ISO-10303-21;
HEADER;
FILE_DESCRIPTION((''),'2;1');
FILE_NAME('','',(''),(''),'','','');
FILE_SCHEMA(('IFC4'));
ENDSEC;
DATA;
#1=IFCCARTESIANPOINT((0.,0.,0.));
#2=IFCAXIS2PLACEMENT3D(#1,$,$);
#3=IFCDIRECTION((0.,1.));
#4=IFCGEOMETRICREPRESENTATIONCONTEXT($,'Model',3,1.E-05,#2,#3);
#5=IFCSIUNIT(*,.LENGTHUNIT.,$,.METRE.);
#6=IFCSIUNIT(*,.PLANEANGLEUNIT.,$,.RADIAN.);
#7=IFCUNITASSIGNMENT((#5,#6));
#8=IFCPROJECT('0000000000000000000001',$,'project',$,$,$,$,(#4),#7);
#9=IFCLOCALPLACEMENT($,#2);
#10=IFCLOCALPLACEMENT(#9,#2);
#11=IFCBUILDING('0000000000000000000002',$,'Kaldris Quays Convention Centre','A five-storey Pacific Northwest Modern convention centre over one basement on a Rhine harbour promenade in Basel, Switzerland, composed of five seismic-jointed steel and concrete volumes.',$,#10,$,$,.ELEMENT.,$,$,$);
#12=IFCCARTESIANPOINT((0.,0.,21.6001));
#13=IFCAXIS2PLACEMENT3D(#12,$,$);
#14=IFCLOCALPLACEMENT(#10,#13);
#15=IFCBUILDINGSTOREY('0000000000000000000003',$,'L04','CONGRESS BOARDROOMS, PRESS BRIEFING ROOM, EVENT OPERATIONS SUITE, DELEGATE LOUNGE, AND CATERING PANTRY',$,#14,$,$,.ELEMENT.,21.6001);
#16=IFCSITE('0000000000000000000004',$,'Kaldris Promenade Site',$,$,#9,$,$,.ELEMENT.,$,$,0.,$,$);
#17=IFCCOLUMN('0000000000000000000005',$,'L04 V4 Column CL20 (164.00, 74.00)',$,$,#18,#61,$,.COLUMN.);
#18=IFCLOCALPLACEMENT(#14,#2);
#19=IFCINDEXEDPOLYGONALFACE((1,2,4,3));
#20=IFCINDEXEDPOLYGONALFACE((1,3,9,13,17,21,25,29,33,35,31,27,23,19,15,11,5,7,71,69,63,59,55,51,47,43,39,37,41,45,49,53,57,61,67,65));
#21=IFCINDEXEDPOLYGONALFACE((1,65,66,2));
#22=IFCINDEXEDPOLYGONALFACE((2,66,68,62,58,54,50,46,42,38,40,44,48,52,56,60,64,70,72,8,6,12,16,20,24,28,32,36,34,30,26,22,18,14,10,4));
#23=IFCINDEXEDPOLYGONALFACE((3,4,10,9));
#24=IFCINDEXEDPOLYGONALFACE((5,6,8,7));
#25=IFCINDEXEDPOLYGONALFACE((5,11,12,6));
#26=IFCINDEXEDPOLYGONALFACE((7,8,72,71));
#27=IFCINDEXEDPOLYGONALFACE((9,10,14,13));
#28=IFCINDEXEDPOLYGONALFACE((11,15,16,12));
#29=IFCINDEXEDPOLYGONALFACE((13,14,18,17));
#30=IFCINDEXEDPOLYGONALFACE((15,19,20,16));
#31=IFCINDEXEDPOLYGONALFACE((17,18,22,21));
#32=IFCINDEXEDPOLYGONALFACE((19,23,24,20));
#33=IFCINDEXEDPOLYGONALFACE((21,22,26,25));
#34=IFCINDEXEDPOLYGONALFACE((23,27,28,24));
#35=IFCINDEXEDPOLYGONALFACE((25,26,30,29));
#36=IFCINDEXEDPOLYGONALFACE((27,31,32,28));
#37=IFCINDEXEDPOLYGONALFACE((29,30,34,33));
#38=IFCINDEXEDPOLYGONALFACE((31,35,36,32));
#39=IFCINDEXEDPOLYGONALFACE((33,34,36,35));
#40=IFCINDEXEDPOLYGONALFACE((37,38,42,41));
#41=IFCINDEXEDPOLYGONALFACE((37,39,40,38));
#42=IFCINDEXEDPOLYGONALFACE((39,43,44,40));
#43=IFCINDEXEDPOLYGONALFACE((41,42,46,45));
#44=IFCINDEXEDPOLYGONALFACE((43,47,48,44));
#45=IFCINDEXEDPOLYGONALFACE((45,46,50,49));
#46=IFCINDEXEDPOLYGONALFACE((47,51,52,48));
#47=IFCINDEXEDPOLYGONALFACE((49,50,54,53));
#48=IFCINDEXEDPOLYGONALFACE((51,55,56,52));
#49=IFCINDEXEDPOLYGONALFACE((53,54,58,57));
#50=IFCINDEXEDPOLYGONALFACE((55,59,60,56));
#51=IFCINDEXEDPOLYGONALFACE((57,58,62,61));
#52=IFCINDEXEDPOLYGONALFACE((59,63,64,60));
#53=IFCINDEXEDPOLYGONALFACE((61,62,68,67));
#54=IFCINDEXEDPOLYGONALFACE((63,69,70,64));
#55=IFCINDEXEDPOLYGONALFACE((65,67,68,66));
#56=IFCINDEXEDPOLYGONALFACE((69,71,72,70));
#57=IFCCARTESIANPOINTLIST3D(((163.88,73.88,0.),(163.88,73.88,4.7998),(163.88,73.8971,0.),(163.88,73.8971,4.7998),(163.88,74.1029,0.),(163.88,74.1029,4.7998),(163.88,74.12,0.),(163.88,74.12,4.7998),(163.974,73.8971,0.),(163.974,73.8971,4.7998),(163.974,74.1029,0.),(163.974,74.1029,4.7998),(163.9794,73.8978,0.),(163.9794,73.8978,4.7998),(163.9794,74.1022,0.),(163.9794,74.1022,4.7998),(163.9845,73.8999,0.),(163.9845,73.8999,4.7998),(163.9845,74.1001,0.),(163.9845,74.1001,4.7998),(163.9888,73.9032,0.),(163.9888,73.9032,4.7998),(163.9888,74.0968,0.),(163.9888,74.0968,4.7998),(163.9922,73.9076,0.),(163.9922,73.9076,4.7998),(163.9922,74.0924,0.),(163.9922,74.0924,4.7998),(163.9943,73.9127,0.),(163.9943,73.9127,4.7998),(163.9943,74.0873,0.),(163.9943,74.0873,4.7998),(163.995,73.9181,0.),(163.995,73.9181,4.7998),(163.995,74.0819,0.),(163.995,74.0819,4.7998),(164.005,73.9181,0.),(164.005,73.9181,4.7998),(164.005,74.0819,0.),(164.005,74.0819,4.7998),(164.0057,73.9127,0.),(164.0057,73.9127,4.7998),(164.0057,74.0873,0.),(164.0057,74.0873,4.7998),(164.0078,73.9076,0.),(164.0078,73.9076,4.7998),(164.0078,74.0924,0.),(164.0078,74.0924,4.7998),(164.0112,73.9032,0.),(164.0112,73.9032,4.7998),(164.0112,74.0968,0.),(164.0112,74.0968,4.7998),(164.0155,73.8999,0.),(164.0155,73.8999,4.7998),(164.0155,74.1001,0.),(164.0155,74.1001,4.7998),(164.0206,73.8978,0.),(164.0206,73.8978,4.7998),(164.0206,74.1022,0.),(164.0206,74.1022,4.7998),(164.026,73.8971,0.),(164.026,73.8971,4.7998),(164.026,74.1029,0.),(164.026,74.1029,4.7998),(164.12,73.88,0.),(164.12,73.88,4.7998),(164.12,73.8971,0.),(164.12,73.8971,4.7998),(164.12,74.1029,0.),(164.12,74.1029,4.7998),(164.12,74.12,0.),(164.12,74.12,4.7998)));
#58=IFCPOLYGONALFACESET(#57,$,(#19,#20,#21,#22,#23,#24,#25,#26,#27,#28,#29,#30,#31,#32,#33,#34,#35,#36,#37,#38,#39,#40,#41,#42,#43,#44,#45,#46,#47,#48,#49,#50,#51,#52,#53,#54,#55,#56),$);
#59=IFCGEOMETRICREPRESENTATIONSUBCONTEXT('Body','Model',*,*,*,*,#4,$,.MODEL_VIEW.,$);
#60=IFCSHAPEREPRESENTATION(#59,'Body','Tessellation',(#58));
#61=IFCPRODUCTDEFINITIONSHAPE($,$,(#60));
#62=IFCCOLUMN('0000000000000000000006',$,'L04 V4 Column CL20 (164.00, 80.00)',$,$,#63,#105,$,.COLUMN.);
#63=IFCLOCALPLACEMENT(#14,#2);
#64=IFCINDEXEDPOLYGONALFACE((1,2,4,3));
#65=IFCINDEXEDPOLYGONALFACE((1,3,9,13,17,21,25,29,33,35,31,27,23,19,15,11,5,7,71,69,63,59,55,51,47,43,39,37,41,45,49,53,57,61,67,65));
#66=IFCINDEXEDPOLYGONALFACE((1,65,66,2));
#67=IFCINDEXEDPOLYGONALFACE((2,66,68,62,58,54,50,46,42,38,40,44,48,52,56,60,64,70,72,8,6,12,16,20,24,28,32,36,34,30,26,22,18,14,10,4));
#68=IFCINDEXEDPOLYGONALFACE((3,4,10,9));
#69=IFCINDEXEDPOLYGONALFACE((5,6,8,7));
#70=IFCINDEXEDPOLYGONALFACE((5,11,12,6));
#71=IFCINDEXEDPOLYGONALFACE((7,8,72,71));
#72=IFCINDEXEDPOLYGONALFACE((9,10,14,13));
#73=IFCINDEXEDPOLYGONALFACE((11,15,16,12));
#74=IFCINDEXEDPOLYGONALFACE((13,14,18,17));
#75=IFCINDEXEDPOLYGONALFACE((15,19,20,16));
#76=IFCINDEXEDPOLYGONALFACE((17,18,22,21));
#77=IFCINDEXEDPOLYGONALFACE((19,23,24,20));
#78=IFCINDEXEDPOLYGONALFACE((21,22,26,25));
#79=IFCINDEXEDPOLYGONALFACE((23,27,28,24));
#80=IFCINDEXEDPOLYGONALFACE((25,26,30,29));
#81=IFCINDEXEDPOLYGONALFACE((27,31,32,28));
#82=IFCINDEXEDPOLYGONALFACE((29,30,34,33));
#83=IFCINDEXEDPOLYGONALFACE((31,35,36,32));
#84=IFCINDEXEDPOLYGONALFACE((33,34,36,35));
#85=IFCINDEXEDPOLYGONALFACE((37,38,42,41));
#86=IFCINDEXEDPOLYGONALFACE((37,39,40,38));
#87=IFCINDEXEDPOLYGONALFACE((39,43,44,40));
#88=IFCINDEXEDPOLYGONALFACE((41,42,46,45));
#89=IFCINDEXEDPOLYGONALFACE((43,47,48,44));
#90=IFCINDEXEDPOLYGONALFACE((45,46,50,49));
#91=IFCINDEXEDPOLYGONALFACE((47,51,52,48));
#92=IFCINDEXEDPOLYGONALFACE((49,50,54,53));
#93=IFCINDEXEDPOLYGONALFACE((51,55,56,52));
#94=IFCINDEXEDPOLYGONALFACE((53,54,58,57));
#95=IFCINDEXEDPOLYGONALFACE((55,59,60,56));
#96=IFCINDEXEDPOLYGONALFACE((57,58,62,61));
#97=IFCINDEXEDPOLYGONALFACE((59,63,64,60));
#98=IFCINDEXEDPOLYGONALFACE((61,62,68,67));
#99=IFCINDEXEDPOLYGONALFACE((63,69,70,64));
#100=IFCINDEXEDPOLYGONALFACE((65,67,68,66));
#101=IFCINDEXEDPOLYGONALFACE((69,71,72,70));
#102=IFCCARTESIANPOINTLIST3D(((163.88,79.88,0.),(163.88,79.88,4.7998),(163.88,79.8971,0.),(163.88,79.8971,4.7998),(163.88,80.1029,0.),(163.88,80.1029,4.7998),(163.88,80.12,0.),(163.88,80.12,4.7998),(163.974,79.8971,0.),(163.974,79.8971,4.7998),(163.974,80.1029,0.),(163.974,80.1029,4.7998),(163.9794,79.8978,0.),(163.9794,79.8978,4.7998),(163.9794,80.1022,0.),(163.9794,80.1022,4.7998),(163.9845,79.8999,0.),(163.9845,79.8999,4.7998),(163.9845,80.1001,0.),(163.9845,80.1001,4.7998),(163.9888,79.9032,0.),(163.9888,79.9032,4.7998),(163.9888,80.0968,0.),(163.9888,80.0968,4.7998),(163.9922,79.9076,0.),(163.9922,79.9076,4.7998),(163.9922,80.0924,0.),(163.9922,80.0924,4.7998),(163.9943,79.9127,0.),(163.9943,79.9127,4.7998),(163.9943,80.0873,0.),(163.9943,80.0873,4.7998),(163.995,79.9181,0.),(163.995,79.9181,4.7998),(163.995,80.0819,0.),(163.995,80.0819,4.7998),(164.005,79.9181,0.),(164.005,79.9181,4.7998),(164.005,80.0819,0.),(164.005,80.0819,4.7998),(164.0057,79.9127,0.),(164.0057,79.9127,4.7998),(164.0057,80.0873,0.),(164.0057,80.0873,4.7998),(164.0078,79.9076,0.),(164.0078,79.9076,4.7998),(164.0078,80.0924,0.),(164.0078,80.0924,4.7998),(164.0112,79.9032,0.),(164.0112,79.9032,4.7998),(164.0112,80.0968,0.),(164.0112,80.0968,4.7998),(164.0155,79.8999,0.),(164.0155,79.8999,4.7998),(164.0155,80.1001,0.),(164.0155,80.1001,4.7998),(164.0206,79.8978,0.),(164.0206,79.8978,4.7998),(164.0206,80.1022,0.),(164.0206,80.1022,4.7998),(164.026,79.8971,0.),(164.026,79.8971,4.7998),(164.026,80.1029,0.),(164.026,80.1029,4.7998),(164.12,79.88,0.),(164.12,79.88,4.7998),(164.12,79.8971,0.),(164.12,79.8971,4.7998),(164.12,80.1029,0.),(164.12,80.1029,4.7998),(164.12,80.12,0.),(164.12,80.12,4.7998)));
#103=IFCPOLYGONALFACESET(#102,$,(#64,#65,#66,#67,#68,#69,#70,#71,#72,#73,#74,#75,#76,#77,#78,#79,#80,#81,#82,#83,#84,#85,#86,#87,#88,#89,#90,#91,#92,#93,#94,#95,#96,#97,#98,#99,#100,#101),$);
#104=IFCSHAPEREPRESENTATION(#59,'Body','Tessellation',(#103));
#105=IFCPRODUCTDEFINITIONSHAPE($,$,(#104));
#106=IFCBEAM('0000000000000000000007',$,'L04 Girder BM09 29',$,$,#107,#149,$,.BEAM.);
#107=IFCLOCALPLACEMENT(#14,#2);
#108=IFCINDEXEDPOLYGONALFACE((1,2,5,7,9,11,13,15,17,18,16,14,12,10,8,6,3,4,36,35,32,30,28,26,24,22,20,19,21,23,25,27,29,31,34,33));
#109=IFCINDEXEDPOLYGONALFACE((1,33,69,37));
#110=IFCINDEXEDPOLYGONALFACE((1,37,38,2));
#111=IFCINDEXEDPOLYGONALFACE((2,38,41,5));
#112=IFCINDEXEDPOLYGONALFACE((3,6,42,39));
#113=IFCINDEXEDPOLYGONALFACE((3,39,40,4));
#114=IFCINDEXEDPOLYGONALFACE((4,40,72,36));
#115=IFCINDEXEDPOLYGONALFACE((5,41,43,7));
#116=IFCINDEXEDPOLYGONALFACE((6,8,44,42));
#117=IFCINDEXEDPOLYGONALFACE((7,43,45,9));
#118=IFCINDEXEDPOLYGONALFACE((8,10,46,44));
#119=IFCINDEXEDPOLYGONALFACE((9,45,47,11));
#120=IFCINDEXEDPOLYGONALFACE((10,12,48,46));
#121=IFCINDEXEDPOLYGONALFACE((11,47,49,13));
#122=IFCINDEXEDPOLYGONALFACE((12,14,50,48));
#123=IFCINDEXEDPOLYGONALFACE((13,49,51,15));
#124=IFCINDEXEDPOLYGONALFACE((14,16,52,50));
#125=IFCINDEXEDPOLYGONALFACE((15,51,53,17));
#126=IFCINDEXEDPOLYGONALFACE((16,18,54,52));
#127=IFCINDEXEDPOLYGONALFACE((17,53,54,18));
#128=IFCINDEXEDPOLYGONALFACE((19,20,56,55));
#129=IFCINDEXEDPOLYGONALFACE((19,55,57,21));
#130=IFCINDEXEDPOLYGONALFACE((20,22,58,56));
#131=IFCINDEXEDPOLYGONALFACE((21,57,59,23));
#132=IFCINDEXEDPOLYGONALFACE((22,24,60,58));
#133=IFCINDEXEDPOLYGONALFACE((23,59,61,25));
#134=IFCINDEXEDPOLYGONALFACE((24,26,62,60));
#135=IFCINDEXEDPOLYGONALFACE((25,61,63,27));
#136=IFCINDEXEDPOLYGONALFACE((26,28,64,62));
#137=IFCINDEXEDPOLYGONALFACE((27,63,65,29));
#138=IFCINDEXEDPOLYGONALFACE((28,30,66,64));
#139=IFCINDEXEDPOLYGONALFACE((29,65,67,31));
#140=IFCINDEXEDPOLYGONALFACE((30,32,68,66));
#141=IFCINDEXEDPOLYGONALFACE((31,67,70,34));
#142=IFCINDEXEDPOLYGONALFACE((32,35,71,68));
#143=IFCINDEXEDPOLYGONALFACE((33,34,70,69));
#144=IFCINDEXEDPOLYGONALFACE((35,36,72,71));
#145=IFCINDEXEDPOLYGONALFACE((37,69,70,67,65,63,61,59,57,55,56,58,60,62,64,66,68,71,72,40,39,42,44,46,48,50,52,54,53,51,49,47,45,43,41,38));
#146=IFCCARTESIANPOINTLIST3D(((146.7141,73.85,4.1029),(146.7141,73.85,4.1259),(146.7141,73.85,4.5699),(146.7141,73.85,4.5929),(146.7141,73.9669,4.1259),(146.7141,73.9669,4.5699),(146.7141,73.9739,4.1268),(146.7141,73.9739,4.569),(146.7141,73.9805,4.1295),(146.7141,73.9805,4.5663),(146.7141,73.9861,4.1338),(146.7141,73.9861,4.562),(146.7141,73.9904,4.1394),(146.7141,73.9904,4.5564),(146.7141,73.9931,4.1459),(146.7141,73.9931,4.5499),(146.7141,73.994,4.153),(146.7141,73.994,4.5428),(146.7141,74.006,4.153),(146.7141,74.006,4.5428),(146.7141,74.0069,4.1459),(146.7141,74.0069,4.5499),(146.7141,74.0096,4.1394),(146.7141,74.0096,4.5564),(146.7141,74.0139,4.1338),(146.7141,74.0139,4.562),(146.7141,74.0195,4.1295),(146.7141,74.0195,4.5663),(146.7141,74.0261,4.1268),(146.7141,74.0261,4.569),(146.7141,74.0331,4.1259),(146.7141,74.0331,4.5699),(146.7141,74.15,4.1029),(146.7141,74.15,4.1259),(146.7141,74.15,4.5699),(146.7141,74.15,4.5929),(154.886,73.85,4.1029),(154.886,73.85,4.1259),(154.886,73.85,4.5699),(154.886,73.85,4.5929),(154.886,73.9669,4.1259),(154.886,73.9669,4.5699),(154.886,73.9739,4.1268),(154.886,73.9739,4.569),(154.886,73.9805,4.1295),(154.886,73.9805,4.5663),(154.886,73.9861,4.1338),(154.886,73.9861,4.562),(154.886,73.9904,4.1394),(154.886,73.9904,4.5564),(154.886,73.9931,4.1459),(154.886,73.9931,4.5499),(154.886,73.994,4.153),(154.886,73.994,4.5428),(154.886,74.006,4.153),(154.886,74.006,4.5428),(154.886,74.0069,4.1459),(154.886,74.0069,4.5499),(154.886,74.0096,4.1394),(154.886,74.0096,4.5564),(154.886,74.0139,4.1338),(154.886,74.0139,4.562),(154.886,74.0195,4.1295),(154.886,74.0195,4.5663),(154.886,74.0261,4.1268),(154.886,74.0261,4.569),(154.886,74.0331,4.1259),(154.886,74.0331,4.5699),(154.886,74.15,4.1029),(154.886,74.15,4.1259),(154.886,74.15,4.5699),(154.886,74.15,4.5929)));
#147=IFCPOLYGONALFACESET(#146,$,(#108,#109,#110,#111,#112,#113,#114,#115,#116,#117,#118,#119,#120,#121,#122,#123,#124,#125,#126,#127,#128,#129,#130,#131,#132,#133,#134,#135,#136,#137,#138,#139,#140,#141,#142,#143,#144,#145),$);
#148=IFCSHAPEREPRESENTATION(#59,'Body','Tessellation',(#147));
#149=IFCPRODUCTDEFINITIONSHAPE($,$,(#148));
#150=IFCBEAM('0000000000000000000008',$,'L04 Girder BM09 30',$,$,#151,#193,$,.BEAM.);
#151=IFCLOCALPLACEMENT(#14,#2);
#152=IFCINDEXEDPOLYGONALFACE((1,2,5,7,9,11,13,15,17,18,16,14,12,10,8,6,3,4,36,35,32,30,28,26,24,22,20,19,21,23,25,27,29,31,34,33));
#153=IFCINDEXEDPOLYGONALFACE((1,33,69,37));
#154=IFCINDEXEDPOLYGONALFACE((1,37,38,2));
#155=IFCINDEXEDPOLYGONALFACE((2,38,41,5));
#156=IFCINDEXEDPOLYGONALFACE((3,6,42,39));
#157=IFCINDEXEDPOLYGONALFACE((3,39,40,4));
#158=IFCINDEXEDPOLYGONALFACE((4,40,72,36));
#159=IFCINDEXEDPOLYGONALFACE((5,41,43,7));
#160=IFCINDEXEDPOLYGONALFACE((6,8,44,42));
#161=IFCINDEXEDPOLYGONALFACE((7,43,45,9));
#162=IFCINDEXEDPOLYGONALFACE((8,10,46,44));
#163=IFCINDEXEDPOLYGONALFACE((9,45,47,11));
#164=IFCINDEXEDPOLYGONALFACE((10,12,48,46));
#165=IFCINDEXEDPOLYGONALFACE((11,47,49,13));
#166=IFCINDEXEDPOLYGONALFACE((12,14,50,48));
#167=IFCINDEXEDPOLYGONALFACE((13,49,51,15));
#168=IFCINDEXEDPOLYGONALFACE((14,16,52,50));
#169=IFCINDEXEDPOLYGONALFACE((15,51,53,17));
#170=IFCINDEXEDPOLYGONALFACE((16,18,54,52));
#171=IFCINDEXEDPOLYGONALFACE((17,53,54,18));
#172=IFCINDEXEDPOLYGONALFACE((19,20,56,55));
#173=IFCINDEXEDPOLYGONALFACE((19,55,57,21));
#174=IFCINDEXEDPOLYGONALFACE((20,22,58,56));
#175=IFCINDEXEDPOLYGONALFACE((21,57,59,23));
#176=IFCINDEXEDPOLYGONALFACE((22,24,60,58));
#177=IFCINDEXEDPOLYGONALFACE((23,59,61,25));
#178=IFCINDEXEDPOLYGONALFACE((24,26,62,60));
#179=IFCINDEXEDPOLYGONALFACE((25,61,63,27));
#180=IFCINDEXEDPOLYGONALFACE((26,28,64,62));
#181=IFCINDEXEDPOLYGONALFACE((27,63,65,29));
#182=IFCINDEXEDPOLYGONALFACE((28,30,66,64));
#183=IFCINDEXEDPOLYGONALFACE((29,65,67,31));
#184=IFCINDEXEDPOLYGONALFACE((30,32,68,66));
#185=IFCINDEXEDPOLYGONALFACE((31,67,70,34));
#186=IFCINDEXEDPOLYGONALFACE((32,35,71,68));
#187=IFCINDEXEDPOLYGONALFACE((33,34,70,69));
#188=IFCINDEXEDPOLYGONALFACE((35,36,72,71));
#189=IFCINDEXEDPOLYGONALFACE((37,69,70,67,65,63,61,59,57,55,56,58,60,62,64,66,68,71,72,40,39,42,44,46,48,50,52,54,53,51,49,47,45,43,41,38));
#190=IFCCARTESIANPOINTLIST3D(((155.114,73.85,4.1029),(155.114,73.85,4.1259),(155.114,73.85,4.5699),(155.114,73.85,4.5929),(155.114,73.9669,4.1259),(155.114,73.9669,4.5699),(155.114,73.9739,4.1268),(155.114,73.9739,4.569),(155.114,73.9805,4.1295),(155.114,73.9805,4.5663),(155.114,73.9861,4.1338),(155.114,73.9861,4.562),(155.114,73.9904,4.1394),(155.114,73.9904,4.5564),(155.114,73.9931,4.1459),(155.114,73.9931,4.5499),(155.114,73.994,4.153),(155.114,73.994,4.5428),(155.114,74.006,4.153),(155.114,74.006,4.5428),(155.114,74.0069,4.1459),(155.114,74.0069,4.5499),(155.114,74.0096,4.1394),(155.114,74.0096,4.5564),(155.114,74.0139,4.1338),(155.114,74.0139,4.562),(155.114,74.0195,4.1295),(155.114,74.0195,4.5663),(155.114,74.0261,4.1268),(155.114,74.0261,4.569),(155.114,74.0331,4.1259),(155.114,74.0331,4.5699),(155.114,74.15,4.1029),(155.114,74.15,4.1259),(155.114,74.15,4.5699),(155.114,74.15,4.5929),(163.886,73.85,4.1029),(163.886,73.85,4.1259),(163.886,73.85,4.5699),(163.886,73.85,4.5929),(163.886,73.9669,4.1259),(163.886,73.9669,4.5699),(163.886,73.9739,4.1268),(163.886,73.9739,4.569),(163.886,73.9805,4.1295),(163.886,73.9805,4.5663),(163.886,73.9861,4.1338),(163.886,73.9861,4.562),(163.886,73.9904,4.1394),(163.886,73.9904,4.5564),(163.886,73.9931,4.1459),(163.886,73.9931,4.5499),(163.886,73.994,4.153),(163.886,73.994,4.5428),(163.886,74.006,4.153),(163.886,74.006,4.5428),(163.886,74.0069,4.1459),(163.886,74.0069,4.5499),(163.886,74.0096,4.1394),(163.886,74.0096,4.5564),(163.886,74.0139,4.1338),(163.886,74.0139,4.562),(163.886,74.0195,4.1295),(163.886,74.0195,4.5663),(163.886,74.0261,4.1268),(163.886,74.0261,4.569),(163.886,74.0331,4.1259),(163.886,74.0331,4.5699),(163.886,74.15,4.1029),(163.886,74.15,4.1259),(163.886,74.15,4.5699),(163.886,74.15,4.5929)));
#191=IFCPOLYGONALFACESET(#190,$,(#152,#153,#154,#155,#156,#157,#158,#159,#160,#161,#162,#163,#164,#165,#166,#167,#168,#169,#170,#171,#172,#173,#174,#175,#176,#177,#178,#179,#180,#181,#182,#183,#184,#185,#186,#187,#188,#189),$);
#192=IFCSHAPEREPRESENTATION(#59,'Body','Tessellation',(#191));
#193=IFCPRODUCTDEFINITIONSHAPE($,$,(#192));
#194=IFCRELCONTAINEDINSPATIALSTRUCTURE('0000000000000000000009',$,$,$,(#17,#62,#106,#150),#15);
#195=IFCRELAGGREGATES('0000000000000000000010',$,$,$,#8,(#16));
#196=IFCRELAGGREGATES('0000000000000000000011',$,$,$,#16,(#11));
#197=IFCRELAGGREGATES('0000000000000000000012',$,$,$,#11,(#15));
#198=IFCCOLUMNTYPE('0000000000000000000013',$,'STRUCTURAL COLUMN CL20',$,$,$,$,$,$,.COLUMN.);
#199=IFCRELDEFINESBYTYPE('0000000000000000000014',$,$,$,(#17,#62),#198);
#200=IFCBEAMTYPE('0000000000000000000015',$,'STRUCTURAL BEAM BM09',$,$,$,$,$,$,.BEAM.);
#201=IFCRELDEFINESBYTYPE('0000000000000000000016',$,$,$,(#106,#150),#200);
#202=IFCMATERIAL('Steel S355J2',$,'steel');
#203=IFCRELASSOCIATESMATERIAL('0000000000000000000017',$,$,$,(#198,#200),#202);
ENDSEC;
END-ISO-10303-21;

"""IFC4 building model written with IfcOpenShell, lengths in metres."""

from ifc_helpers import new_model, si_unit, direction, frame, origin, origin_2d, place, context, subcontext, project, spatial, i_section, extrude, material, material_profile, profile_set, type_object, element, save


model = new_model("IFC4")

# Units and contexts
model_context = context("Model", 3, precision=1e-05, world=origin(), true_north=direction((0.0, 1.0)))
body_context = subcontext(model_context, "Body", "Model", "MODEL_VIEW")
ifc_project = project(units=[si_unit("LENGTHUNIT", "METRE"), si_unit("PLANEANGLEUNIT", "RADIAN")], contexts=[model_context])

# Site, building, storey
site_placement = place(None, origin())
site = spatial("IfcSite", under=ifc_project, at=site_placement, Name="Kaldris Promenade Site", CompositionType="ELEMENT", RefElevation=0.0)
building_placement = place(site_placement, origin())
building = spatial("IfcBuilding", under=site, at=building_placement, Name="Kaldris Quays Convention Centre", Description="A five-storey Pacific Northwest Modern convention centre over one basement on a Rhine harbour promenade in Basel, Switzerland, composed of five seismic-jointed steel and concrete volumes.", CompositionType="ELEMENT")
storey_placement = place(building_placement, frame((0.0, 0.0, 21.6001)))
storey = spatial("IfcBuildingStorey", under=building, at=storey_placement, Name="L04", Description="CONGRESS BOARDROOMS, PRESS BRIEFING ROOM, EVENT OPERATIONS SUITE, DELEGATE LOUNGE, AND CATERING PANTRY", CompositionType="ELEMENT", Elevation=21.6001)

# Columns
ifc_material_1 = material(Name="Steel S355J2", Category="steel")
ifc_material_profile_1 = material_profile(ifc_material_1, i_section(OverallWidth=0.24, OverallDepth=0.24, WebThickness=0.01, FlangeThickness=0.0171, FilletRadius=0.021, at=origin_2d()), Name="HEB 240")
ifc_profile_set_1 = profile_set([ifc_material_profile_1], Name="Steel S355J2")
column_type = type_object("IfcColumnType", Name="STRUCTURAL COLUMN CL20", PredefinedType="COLUMN", material=ifc_profile_set_1)
for number, where, z_axis, x_axis, name in (
    (1, (164.0, 74.0, 0.0), (0.0, 0.0, 1.0), (1.0, 0.0, 0.0), "L04 V4 Column CL20 (164.00, 74.00)"),
    (2, (164.0, 80.0, 0.0), (0.0, 0.0, 1.0), (1.0, 0.0, 0.0), "L04 V4 Column CL20 (164.00, 80.00)"),
):
    element("IfcColumn", number, at=place(storey_placement, frame(where, z_axis=z_axis, x_axis=x_axis)), inside=storey, type_object=column_type, Name=name, PredefinedType="COLUMN", context=body_context, shape_type="SweptSolid", body=[
        extrude(i_section(OverallWidth=0.24, OverallDepth=0.24, WebThickness=0.01, FlangeThickness=0.0171, FilletRadius=0.021, at=origin_2d()), origin(), (0.0, 0.0, 1.0), 4.7998),
    ])

# Beams
ifc_material_profile_2 = material_profile(ifc_material_1, i_section(OverallWidth=0.3, OverallDepth=0.49, WebThickness=0.012, FlangeThickness=0.0229, FilletRadius=0.0271, at=origin_2d()), Name="HEA 500")
ifc_profile_set_2 = profile_set([ifc_material_profile_2], Name="Steel S355J2")
beam_type_1 = type_object("IfcBeamType", Name="STRUCTURAL BEAM BM09", PredefinedType="BEAM", material=ifc_profile_set_2)
beam_1_placement = place(storey_placement, frame((146.7141, 74.0, 4.3479), z_axis=(1.0, 0.0, 0.0), x_axis=(0.0, 1.0, 0.0)))
element("IfcBeam", 3, at=beam_1_placement, inside=storey, type_object=beam_type_1, Name="L04 Girder BM09 29", PredefinedType="BEAM", context=body_context, shape_type="SweptSolid", body=[
    extrude(i_section(OverallWidth=0.3, OverallDepth=0.49, WebThickness=0.012, FlangeThickness=0.0229, FilletRadius=0.0271, at=origin_2d()), origin(), (0.0, 0.0, 1.0), 8.1719),
])
for number, where, z_axis, x_axis, name in (
    (4, (155.114, 74.0, 4.3479), (1.0, 0.0, 0.0), (0.0, 1.0, 0.0), "L04 Girder BM09 30"),
):
    element("IfcBeam", number, at=place(storey_placement, frame(where, z_axis=z_axis, x_axis=x_axis)), inside=storey, type_object=beam_type_1, Name=name, PredefinedType="BEAM", context=body_context, shape_type="SweptSolid", body=[
        extrude(i_section(OverallWidth=0.3, OverallDepth=0.49, WebThickness=0.012, FlangeThickness=0.0229, FilletRadius=0.0271, at=origin_2d()), origin(), (0.0, 0.0, 1.0), 8.772),
    ])

save(model, "model.ifc")
